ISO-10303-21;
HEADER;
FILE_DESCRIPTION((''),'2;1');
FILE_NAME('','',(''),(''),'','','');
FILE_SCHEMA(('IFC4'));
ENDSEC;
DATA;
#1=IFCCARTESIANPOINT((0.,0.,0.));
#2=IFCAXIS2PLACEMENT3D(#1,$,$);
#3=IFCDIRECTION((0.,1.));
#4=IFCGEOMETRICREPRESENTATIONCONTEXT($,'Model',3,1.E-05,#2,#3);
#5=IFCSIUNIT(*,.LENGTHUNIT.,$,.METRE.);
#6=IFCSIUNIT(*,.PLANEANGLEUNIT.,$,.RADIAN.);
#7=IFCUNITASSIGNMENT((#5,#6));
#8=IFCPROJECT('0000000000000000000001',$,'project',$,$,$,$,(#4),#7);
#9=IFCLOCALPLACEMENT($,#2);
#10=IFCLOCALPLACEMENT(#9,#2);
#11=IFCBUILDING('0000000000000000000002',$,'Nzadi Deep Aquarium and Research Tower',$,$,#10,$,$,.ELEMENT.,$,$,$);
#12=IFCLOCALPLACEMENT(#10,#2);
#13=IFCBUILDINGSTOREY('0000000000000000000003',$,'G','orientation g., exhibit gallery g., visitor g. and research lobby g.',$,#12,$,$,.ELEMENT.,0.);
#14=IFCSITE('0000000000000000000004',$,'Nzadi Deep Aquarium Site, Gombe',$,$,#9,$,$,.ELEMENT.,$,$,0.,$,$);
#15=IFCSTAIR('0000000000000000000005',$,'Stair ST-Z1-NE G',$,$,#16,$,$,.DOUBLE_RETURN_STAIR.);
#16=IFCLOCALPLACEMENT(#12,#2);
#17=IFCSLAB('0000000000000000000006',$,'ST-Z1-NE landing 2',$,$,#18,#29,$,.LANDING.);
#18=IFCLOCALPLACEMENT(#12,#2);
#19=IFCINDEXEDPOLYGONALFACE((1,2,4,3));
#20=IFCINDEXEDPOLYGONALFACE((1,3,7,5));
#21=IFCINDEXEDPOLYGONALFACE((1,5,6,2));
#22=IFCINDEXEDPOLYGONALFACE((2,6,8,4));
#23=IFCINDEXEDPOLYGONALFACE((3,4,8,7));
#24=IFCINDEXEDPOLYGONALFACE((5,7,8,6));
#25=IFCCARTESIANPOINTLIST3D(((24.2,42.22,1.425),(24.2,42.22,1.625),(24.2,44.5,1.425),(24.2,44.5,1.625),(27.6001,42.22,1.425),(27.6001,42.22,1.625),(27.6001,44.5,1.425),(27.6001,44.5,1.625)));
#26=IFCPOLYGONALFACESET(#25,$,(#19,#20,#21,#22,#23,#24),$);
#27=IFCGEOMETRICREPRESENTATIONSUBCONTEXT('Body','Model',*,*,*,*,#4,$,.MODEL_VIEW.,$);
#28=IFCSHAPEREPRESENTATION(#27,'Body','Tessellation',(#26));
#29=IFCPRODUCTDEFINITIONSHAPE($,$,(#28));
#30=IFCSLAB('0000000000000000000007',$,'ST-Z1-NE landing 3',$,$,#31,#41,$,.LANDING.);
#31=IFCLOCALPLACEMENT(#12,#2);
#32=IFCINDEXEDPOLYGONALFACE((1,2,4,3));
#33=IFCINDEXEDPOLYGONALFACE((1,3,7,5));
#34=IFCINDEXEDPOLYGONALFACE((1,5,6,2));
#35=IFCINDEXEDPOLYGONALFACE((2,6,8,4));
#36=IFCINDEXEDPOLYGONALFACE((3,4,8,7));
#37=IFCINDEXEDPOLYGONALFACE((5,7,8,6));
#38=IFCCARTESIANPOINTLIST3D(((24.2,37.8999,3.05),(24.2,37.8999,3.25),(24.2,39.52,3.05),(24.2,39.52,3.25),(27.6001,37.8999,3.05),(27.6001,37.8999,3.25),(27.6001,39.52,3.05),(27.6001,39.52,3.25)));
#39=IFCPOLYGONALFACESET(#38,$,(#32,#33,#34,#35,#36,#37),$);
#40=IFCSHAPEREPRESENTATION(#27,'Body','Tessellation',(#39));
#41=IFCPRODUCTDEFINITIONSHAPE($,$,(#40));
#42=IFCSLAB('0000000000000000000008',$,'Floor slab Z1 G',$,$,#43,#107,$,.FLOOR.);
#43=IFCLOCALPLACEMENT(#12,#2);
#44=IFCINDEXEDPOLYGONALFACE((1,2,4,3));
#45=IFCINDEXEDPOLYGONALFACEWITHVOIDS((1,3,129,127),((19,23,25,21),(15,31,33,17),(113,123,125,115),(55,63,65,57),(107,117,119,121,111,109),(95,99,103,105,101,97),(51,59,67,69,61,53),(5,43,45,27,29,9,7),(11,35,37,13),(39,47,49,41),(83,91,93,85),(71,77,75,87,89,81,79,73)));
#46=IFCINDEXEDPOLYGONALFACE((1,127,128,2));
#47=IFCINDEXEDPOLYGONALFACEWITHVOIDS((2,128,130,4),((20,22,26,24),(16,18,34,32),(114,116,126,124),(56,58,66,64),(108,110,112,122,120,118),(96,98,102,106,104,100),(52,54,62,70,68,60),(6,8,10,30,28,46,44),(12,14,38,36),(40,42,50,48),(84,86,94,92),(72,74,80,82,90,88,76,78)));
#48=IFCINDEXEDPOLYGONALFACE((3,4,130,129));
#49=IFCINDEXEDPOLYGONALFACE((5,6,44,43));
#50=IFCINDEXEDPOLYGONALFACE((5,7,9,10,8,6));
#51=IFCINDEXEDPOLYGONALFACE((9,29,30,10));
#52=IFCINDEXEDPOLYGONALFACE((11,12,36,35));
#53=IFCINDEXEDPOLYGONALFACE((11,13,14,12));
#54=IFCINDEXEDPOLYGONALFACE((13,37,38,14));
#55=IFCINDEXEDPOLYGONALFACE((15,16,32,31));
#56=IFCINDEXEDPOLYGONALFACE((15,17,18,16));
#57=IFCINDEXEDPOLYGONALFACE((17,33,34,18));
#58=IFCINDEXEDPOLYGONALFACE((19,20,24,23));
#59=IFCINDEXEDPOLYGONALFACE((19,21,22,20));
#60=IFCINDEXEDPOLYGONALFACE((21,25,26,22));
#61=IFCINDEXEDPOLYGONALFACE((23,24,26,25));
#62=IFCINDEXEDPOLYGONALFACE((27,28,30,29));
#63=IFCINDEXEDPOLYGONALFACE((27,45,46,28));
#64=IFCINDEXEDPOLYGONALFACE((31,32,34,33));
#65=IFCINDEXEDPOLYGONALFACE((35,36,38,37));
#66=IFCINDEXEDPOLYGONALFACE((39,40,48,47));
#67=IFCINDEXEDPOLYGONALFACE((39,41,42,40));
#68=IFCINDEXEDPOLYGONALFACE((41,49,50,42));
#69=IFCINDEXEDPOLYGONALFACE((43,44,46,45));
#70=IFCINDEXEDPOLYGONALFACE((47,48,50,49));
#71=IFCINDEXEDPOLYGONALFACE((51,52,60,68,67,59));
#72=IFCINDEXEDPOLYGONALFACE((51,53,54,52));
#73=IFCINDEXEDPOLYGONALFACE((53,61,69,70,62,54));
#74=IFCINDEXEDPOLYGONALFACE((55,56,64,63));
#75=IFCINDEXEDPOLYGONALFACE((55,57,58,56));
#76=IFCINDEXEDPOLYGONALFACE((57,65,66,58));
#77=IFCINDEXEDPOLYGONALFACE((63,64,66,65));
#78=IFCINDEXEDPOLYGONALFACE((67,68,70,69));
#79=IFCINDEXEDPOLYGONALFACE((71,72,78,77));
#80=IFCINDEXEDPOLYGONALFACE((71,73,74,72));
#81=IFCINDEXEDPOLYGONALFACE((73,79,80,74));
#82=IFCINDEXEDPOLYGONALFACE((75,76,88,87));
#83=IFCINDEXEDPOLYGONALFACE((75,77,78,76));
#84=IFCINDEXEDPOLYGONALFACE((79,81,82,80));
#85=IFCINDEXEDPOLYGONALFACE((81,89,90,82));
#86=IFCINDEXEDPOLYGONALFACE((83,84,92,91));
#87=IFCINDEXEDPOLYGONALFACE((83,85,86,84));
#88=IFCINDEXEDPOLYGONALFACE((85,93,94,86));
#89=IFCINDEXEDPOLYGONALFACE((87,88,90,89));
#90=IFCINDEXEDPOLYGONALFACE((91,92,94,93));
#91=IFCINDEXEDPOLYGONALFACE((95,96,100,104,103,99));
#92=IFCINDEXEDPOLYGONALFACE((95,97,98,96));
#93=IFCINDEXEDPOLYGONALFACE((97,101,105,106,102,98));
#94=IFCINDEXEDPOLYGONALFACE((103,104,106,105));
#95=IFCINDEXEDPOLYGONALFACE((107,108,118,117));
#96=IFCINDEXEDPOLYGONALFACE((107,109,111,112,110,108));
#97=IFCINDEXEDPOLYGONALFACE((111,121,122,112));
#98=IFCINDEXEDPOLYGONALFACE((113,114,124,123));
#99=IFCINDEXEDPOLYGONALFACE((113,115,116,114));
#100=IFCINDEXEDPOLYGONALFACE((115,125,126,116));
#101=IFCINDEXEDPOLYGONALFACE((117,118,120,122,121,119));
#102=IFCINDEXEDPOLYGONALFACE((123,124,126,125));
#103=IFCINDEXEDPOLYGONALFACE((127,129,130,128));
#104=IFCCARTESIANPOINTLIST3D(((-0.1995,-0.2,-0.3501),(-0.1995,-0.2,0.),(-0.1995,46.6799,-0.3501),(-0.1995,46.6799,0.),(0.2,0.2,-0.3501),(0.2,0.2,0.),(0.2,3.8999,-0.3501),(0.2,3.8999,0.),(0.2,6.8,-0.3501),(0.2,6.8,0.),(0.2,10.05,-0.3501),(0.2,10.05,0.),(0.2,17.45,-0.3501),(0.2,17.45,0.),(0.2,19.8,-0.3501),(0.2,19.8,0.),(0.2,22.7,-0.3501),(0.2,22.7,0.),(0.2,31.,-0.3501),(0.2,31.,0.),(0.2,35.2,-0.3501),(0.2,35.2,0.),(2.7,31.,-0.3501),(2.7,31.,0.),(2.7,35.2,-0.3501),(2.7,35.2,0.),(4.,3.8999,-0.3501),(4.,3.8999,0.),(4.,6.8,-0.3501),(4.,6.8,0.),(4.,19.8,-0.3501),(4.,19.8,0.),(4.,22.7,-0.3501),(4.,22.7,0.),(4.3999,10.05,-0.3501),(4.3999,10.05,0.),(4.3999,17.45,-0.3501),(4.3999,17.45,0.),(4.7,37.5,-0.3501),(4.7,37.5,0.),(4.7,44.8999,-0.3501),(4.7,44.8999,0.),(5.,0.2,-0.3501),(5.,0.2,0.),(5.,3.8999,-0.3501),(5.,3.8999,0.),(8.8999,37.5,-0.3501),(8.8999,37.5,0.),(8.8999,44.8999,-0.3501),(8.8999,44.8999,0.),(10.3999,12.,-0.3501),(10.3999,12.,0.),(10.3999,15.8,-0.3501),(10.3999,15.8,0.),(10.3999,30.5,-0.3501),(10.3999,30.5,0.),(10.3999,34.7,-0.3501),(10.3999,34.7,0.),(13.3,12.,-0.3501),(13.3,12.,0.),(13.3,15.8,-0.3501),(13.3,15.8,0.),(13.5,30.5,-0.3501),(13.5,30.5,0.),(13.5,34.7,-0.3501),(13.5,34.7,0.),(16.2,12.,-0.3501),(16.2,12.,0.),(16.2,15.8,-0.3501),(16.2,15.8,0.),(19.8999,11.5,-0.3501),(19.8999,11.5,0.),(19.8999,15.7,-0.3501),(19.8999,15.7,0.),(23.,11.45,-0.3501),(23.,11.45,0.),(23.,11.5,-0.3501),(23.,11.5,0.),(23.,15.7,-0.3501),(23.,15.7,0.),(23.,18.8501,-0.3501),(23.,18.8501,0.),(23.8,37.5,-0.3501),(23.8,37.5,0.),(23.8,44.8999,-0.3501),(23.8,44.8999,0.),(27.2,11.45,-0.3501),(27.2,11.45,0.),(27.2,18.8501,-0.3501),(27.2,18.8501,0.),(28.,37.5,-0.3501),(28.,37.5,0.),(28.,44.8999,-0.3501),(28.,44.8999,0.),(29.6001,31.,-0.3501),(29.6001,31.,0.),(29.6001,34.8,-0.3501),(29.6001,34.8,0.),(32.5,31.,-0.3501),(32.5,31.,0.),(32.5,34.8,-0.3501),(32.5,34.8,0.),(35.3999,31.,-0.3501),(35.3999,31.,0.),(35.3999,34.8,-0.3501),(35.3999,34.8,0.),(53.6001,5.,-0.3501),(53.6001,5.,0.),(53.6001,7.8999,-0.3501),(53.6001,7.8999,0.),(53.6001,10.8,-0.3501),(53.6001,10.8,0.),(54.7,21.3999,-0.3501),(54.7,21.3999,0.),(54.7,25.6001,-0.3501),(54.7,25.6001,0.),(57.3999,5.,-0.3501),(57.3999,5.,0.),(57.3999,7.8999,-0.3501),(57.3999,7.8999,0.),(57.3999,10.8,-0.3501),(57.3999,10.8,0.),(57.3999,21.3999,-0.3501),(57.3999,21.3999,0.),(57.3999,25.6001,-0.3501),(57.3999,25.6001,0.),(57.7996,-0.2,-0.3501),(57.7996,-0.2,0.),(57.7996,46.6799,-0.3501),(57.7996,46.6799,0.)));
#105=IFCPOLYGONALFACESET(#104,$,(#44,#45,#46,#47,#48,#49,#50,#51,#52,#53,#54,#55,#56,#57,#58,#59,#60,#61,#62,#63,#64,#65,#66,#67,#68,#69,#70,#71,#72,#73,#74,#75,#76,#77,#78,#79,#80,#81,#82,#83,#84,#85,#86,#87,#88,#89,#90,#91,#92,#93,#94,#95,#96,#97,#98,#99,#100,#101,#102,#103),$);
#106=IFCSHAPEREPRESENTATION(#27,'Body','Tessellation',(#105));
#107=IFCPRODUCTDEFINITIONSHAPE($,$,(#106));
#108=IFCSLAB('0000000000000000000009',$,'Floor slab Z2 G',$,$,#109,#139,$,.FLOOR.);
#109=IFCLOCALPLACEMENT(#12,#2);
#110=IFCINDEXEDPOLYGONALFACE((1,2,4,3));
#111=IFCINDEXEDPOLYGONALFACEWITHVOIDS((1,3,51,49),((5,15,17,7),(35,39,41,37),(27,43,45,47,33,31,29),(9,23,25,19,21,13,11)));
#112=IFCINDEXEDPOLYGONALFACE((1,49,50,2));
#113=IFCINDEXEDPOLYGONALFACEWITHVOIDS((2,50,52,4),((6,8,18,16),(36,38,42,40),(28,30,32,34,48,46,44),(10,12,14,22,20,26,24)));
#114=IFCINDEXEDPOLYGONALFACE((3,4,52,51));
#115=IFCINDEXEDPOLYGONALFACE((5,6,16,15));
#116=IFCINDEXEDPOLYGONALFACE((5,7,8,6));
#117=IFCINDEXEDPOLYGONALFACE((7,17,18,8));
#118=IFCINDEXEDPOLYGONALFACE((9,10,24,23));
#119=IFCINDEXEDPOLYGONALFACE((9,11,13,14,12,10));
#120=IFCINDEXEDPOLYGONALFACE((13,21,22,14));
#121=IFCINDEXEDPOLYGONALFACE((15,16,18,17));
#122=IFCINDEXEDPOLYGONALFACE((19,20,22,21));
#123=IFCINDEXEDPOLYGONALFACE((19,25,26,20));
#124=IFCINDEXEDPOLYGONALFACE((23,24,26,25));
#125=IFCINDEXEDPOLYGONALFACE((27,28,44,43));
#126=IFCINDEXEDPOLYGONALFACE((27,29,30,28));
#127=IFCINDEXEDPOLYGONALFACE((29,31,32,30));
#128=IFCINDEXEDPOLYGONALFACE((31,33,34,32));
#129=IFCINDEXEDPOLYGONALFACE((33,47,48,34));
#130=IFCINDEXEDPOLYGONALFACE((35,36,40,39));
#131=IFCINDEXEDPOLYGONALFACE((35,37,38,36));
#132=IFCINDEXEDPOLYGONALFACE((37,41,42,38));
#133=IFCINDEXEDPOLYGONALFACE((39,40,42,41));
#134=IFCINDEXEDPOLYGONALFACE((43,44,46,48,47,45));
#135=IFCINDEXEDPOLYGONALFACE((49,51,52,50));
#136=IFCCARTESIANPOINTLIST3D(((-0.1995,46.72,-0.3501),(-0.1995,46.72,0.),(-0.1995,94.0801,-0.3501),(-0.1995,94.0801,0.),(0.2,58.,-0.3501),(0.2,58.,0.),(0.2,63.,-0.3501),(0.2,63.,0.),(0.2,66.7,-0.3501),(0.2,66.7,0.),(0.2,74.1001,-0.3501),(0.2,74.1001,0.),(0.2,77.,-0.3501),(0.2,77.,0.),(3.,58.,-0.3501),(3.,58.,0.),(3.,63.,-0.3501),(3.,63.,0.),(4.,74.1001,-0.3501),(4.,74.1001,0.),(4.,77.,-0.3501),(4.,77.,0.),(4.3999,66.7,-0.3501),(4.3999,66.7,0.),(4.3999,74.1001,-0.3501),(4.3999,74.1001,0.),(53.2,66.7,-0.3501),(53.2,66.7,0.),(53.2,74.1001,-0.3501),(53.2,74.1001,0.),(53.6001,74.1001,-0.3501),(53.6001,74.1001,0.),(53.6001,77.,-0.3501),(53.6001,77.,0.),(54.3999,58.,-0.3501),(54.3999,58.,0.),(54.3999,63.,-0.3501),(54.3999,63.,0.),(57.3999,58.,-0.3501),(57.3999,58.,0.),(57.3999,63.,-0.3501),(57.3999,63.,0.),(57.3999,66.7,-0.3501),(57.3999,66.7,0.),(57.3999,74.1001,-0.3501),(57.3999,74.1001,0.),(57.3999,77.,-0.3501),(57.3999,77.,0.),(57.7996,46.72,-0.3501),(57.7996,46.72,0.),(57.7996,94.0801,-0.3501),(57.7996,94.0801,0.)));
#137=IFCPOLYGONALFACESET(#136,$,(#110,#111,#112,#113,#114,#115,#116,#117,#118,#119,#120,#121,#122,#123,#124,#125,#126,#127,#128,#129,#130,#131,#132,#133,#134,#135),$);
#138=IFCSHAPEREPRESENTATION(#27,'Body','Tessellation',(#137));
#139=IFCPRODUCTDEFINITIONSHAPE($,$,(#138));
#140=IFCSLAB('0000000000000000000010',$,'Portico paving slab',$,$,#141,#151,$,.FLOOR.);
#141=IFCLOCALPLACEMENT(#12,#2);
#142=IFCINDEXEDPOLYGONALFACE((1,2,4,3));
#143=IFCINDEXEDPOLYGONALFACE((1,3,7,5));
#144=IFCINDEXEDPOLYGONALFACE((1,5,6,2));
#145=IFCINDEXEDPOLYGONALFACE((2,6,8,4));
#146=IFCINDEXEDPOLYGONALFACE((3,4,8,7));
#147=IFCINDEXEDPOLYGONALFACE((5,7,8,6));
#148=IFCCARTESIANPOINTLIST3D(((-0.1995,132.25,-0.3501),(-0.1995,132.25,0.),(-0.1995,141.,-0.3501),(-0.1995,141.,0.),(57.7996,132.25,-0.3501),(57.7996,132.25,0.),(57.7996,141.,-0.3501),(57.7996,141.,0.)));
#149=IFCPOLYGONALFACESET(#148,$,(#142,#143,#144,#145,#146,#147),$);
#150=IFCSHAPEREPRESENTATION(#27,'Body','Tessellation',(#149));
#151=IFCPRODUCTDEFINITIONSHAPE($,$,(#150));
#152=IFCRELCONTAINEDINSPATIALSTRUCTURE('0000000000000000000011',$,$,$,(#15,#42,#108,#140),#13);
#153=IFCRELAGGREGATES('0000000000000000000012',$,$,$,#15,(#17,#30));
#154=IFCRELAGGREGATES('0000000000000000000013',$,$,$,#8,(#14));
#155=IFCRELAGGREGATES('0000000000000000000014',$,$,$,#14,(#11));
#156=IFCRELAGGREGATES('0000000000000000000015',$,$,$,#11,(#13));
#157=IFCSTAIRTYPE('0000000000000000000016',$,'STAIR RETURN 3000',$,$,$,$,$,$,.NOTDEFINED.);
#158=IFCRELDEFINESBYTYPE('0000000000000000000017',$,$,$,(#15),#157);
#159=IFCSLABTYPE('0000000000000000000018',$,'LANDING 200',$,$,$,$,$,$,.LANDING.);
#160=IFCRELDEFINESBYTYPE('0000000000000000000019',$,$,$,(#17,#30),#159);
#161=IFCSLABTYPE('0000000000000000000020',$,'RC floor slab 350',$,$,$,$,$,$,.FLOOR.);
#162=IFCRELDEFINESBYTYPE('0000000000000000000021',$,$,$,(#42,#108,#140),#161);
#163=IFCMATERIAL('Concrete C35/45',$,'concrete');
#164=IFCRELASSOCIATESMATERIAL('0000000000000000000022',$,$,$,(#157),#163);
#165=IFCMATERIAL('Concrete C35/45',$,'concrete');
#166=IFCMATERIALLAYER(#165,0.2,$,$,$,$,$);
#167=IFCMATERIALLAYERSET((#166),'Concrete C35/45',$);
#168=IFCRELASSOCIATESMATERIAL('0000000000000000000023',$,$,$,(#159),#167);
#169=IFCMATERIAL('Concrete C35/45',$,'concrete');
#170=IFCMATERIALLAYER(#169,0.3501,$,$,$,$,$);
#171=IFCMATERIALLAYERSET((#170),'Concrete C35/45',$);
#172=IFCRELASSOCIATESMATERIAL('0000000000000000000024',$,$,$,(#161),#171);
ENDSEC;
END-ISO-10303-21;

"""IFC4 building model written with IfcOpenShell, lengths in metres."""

from ifc_helpers import new_model, si_unit, direction, frame, origin, place, context, subcontext, project, spatial, polyline, outline, extrude, material, layer, layer_set, type_object, element, aggregate, save


model = new_model("IFC4")

# Units and contexts
model_context = context("Model", 3, precision=1e-05, world=origin(), true_north=direction((0.0, 1.0)))
body_context = subcontext(model_context, "Body", "Model", "MODEL_VIEW")
ifc_project = project(units=[si_unit("LENGTHUNIT", "METRE"), si_unit("PLANEANGLEUNIT", "RADIAN")], contexts=[model_context])

# Site, building, storey
site_placement = place(None, origin())
site = spatial("IfcSite", under=ifc_project, at=site_placement, Name="Nzadi Deep Aquarium Site, Gombe", CompositionType="ELEMENT", RefElevation=0.0)
building_placement = place(site_placement, origin())
building = spatial("IfcBuilding", under=site, at=building_placement, Name="Nzadi Deep Aquarium and Research Tower", CompositionType="ELEMENT")
storey_placement = place(building_placement, origin())
storey = spatial("IfcBuildingStorey", under=building, at=storey_placement, Name="G", Description="orientation g., exhibit gallery g., visitor g. and research lobby g.", CompositionType="ELEMENT", Elevation=0.0)

# Stair, slabs
ifc_material_1 = material(Name="Concrete C35/45", Category="concrete")
stair_type = type_object("IfcStairType", Name="STAIR RETURN 3000", PredefinedType="NOTDEFINED", material=ifc_material_1)
ifc_material_2 = material(Name="Concrete C35/45", Category="concrete")
ifc_layer_1 = layer(ifc_material_2, 0.2)
ifc_layer_set_1 = layer_set([ifc_layer_1], Name="Concrete C35/45")
slab_type_1 = type_object("IfcSlabType", Name="LANDING 200", PredefinedType="LANDING", material=ifc_layer_set_1)
stair_1_placement = place(storey_placement, origin())
stair_1 = element("IfcStair", 1, at=stair_1_placement, inside=storey, type_object=stair_type, Name="Stair ST-Z1-NE G", PredefinedType="DOUBLE_RETURN_STAIR")
slab_1_placement = place(storey_placement, frame((0.0, 0.0, 1.425)))
slab_1 = element("IfcSlab", 2, at=slab_1_placement, type_object=slab_type_1, Name="ST-Z1-NE landing 2", PredefinedType="LANDING", context=body_context, shape_type="SweptSolid", body=[
    extrude(outline(polyline([(24.2, 42.22), (27.6001, 42.22), (27.6001, 44.5), (24.2, 44.5), (24.2, 42.22)])), origin(), (0.0, 0.0, 1.0), 0.2),
])
slab_2_placement = place(storey_placement, frame((0.0, 0.0, 3.05)))
slab_2 = element("IfcSlab", 3, at=slab_2_placement, type_object=slab_type_1, Name="ST-Z1-NE landing 3", PredefinedType="LANDING", context=body_context, shape_type="SweptSolid", body=[
    extrude(outline(polyline([(24.2, 37.8999), (27.6001, 37.8999), (27.6001, 39.52), (24.2, 39.52), (24.2, 37.8999)])), origin(), (0.0, 0.0, 1.0), 0.2),
])
aggregate(stair_1, [slab_1, slab_2])

# Slabs
ifc_material_3 = material(Name="Concrete C35/45", Category="concrete")
ifc_layer_2 = layer(ifc_material_3, 0.3501)
ifc_layer_set_2 = layer_set([ifc_layer_2], Name="Concrete C35/45")
slab_type_2 = type_object("IfcSlabType", Name="RC floor slab 350", PredefinedType="FLOOR", material=ifc_layer_set_2)
slab_3_placement = place(storey_placement, frame((0.0, 0.0, -0.3501)))
element("IfcSlab", 4, at=slab_3_placement, inside=storey, type_object=slab_type_2, Name="Floor slab Z1 G", PredefinedType="FLOOR", context=body_context, shape_type="SweptSolid", body=[
    extrude(outline(polyline([(-0.1995, -0.2), (57.7996, -0.2), (57.7996, 46.6799), (-0.1995, 46.6799), (-0.1995, -0.2)]), holes=[polyline([(4.3999, 17.45), (4.3999, 10.05), (0.2, 10.05), (0.2, 17.45), (4.3999, 17.45)]), polyline([(19.8999, 15.7), (23.0, 15.7), (23.0, 18.8501), (27.2, 18.8501), (27.2, 11.45), (23.0, 11.45), (23.0, 11.5), (19.8999, 11.5), (19.8999, 15.7)]), polyline([(4.7, 37.5), (4.7, 44.8999), (8.8999, 44.8999), (8.8999, 37.5), (4.7, 37.5)]), polyline([(23.8, 44.8999), (28.0, 44.8999), (28.0, 37.5), (23.8, 37.5), (23.8, 44.8999)]), polyline([(0.2, 0.2), (0.2, 3.8999), (0.2, 6.8), (4.0, 6.8), (4.0, 3.8999), (5.0, 3.8999), (5.0, 0.2), (0.2, 0.2)]), polyline([(0.2, 19.8), (0.2, 22.7), (4.0, 22.7), (4.0, 19.8), (0.2, 19.8)]), polyline([(57.3999, 7.8999), (57.3999, 5.0), (53.6001, 5.0), (53.6001, 7.8999), (53.6001, 10.8), (57.3999, 10.8), (57.3999, 7.8999)]), polyline([(2.7, 31.0), (0.2, 31.0), (0.2, 35.2), (2.7, 35.2), (2.7, 31.0)]), polyline([(54.7, 21.3999), (54.7, 25.6001), (57.3999, 25.6001), (57.3999, 21.3999), (54.7, 21.3999)]), polyline([(16.2, 15.8), (16.2, 12.0), (13.3, 12.0), (10.3999, 12.0), (10.3999, 15.8), (13.3, 15.8), (16.2, 15.8)]), polyline([(10.3999, 30.5), (10.3999, 34.7), (13.5, 34.7), (13.5, 30.5), (10.3999, 30.5)]), polyline([(29.6001, 34.8), (32.5, 34.8), (35.3999, 34.8), (35.3999, 31.0), (32.5, 31.0), (29.6001, 31.0), (29.6001, 34.8)])]), origin(), (0.0, 0.0, 1.0), 0.3501),
])
slab_4_placement = place(storey_placement, frame((0.0, 0.0, -0.3501)))
element("IfcSlab", 5, at=slab_4_placement, inside=storey, type_object=slab_type_2, Name="Floor slab Z2 G", PredefinedType="FLOOR", context=body_context, shape_type="SweptSolid", body=[
    extrude(outline(polyline([(-0.1995, 94.0801), (-0.1995, 46.72), (57.7996, 46.72), (57.7996, 94.0801), (-0.1995, 94.0801)]), holes=[polyline([(4.0, 74.1001), (4.3999, 74.1001), (4.3999, 66.7), (0.2, 66.7), (0.2, 74.1001), (0.2, 77.0), (4.0, 77.0), (4.0, 74.1001)]), polyline([(57.3999, 74.1001), (57.3999, 66.7), (53.2, 66.7), (53.2, 74.1001), (53.6001, 74.1001), (53.6001, 77.0), (57.3999, 77.0), (57.3999, 74.1001)]), polyline([(0.2, 63.0), (3.0, 63.0), (3.0, 58.0), (0.2, 58.0), (0.2, 63.0)]), polyline([(57.3999, 63.0), (57.3999, 58.0), (54.3999, 58.0), (54.3999, 63.0), (57.3999, 63.0)])]), origin(), (0.0, 0.0, 1.0), 0.3501),
])
slab_5_placement = place(storey_placement, frame((0.0, 0.0, -0.3501)))
element("IfcSlab", 6, at=slab_5_placement, inside=storey, type_object=slab_type_2, Name="Portico paving slab", PredefinedType="FLOOR", context=body_context, shape_type="SweptSolid", body=[
    extrude(outline(polyline([(57.7996, 132.25), (57.7996, 141.0), (-0.1995, 141.0), (-0.1995, 132.25), (57.7996, 132.25)])), origin(), (0.0, 0.0, 1.0), 0.3501),
])

save(model, "model.ifc")
